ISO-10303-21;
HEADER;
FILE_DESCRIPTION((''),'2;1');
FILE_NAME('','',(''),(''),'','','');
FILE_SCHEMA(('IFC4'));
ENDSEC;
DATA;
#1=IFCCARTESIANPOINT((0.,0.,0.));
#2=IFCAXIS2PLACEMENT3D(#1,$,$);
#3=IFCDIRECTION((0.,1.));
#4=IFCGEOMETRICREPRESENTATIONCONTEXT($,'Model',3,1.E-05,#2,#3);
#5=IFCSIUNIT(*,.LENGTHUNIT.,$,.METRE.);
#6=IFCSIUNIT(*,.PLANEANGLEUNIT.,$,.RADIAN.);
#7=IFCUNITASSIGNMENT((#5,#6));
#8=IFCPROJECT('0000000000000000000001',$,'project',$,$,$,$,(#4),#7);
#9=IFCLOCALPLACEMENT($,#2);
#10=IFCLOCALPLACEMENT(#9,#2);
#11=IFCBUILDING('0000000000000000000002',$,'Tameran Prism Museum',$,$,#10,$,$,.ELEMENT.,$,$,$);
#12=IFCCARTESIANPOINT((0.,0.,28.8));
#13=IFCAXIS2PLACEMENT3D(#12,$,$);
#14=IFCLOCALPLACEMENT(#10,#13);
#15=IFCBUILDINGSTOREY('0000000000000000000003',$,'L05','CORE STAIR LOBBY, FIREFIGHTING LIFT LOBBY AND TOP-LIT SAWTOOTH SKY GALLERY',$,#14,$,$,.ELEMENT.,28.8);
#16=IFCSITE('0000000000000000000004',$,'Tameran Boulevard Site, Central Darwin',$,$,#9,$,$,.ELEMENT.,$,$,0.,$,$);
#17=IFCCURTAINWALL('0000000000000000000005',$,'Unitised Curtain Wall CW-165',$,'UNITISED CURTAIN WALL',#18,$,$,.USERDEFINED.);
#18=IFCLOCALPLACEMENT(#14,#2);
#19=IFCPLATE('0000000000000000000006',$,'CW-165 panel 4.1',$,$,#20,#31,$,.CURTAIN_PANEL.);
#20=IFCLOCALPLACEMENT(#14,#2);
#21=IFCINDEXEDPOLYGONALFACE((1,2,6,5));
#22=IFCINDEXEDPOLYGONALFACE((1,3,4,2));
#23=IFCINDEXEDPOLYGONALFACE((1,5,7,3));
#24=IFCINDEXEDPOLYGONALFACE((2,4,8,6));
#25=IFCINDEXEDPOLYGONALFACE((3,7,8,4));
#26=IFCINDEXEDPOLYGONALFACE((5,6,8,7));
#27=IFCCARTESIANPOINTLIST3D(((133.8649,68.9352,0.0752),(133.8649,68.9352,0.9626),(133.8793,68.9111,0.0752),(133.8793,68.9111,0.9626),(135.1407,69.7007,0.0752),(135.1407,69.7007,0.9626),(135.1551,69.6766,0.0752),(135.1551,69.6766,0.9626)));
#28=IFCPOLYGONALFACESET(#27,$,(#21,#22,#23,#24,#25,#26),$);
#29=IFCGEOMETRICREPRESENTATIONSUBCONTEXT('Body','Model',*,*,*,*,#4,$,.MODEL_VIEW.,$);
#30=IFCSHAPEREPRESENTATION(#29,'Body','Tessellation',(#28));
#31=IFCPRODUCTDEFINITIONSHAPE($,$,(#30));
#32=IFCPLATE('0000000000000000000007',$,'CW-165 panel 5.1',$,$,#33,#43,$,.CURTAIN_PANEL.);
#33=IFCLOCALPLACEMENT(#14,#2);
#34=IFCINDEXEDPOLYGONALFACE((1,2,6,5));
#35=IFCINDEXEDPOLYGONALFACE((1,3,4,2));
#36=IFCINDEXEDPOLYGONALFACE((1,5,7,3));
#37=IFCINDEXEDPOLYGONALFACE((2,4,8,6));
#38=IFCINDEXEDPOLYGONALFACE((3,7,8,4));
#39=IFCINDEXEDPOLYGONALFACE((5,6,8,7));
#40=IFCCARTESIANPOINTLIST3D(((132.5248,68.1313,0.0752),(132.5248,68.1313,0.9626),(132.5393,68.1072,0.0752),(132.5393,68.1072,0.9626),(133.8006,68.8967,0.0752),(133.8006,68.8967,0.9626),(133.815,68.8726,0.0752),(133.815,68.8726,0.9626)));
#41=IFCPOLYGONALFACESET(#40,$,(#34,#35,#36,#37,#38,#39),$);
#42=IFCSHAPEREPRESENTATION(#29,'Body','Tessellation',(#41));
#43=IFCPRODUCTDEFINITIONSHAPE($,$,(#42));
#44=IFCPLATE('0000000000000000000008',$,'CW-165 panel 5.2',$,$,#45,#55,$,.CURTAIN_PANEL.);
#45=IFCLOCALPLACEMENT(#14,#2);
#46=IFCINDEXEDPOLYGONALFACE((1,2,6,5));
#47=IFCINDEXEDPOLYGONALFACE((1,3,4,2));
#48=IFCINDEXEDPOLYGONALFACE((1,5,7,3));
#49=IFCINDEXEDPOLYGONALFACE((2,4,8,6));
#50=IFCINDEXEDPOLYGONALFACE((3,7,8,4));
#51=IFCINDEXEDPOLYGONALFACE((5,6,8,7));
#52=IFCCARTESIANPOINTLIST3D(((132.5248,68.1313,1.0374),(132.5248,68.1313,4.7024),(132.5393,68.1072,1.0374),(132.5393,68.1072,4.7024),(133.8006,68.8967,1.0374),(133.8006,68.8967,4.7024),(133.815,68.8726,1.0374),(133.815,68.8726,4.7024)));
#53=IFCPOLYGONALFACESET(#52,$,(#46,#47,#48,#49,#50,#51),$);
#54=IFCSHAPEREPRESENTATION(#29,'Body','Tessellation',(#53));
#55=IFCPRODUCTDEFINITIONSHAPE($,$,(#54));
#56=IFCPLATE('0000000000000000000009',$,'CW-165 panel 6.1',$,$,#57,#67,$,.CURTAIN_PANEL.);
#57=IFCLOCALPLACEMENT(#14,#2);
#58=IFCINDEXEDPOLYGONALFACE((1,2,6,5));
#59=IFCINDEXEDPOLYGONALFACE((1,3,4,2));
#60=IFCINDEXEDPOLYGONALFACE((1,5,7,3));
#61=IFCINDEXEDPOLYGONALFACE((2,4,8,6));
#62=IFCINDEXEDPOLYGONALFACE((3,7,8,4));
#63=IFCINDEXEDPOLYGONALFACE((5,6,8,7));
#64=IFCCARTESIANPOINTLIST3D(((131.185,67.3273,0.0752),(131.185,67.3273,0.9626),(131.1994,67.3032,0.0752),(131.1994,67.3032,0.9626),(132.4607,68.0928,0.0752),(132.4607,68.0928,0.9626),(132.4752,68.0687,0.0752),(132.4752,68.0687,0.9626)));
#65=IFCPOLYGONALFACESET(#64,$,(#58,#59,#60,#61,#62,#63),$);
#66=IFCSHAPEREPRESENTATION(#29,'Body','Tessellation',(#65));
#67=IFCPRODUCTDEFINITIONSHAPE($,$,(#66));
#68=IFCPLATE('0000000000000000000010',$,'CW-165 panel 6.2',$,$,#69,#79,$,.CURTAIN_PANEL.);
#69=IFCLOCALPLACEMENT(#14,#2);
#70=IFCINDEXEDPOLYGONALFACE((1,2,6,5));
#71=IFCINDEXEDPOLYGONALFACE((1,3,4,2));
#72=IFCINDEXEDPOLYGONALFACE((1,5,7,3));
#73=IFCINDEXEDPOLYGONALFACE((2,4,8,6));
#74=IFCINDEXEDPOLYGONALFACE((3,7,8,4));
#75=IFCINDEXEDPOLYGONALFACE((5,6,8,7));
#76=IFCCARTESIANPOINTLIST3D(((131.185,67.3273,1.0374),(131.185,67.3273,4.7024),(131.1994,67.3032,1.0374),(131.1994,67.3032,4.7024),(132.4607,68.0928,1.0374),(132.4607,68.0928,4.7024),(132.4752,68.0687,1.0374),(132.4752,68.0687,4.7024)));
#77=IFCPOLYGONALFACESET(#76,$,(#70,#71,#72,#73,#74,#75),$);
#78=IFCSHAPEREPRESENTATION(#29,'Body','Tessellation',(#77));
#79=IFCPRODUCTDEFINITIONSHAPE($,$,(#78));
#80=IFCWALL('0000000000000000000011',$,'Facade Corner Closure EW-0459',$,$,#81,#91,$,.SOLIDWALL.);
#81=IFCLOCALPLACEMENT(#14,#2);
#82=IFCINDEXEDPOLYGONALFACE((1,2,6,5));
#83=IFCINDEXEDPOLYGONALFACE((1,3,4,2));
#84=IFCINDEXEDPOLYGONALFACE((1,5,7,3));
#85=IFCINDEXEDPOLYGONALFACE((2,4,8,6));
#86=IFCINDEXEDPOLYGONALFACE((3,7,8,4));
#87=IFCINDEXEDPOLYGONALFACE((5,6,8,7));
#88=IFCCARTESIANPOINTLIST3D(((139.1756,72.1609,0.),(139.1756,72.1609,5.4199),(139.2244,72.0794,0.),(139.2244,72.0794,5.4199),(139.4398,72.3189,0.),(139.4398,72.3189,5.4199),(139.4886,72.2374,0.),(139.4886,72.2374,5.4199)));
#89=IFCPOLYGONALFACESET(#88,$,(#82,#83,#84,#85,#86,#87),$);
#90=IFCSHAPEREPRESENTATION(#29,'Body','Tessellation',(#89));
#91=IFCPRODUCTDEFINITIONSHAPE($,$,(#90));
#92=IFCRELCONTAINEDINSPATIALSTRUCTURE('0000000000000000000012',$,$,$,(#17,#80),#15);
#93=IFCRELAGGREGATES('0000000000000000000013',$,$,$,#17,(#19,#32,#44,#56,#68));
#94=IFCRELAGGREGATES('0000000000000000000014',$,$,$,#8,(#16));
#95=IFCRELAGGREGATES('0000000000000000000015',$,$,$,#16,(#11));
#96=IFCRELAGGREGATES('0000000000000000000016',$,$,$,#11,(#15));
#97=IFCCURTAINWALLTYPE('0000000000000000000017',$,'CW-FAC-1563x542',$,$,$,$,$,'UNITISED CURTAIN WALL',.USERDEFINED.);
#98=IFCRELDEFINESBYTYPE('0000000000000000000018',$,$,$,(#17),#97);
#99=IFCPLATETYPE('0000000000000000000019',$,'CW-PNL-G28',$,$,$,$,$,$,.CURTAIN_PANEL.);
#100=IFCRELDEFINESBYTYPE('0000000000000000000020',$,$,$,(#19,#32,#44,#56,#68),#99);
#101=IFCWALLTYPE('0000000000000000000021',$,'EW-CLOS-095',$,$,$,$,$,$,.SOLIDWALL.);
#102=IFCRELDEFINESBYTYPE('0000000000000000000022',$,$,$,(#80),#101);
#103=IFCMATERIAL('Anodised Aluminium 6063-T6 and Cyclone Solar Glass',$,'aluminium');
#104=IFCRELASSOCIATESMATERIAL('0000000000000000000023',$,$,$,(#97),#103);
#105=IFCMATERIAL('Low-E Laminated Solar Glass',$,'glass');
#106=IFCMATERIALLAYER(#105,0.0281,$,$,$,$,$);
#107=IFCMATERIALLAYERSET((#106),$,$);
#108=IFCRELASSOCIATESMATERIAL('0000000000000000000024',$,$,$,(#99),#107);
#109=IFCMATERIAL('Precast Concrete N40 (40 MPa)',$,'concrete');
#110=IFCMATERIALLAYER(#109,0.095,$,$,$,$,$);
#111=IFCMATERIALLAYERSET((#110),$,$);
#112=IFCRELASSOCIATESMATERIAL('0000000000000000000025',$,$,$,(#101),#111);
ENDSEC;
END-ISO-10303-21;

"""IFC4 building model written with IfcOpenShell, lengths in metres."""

from ifc_helpers import new_model, si_unit, direction, frame, frame_2d, origin, origin_2d, place, context, subcontext, project, spatial, rectangle, extrude, material, layer, layer_set, type_object, element, aggregate, save


model = new_model("IFC4")

# Units and contexts
model_context = context("Model", 3, precision=1e-05, world=origin(), true_north=direction((0.0, 1.0)))
body_context = subcontext(model_context, "Body", "Model", "MODEL_VIEW")
ifc_project = project(units=[si_unit("LENGTHUNIT", "METRE"), si_unit("PLANEANGLEUNIT", "RADIAN")], contexts=[model_context])

# Site, building, storey
site_placement = place(None, origin())
site = spatial("IfcSite", under=ifc_project, at=site_placement, Name="Tameran Boulevard Site, Central Darwin", CompositionType="ELEMENT", RefElevation=0.0)
building_placement = place(site_placement, origin())
building = spatial("IfcBuilding", under=site, at=building_placement, Name="Tameran Prism Museum", CompositionType="ELEMENT")
storey_placement = place(building_placement, frame((0.0, 0.0, 28.8)))
storey = spatial("IfcBuildingStorey", under=building, at=storey_placement, Name="L05", Description="CORE STAIR LOBBY, FIREFIGHTING LIFT LOBBY AND TOP-LIT SAWTOOTH SKY GALLERY", CompositionType="ELEMENT", Elevation=28.8)

# Curtain wall, plates
ifc_material_1 = material(Name="Anodised Aluminium 6063-T6 and Cyclone Solar Glass", Category="aluminium")
curtain_wall_type = type_object("IfcCurtainWallType", Name="CW-FAC-1563x542", ElementType="UNITISED CURTAIN WALL", PredefinedType="USERDEFINED", material=ifc_material_1)
curtain_wall_placement = place(storey_placement, origin())
curtain_wall = element("IfcCurtainWall", 1, at=curtain_wall_placement, inside=storey, type_object=curtain_wall_type, Name="Unitised Curtain Wall CW-165", ObjectType="UNITISED CURTAIN WALL", PredefinedType="USERDEFINED")
ifc_material_2 = material(Name="Low-E Laminated Solar Glass", Category="glass")
ifc_layer_1 = layer(ifc_material_2, 0.0281)
ifc_layer_set_1 = layer_set([ifc_layer_1])
plate_type = type_object("IfcPlateType", Name="CW-PNL-G28", PredefinedType="CURTAIN_PANEL", material=ifc_layer_set_1)
plate_1_placement = place(storey_placement, frame((134.51, 69.3059, 0.0752), z_axis=(0.0, 0.0, 1.0), x_axis=(-0.857493, -0.514496, 0.0)))
plate_1 = element("IfcPlate", 2, at=plate_1_placement, type_object=plate_type, Name="CW-165 panel 4.1", PredefinedType="CURTAIN_PANEL", context=body_context, shape_type="SweptSolid", body=[
    extrude(rectangle(XDim=1.4878, YDim=0.0281, at=origin_2d()), origin(), (0.0, 0.0, 1.0), 0.8875),
])
plate_2_placement = place(storey_placement, frame((133.1699, 68.502, 0.0752), z_axis=(0.0, 0.0, 1.0), x_axis=(-0.857493, -0.514496, 0.0)))
plate_2 = element("IfcPlate", 3, at=plate_2_placement, type_object=plate_type, Name="CW-165 panel 5.1", PredefinedType="CURTAIN_PANEL", context=body_context, shape_type="SweptSolid", body=[
    extrude(rectangle(XDim=1.4878, YDim=0.0281, at=origin_2d()), origin(), (0.0, 0.0, 1.0), 0.8875),
])
plate_3_placement = place(storey_placement, frame((133.1699, 68.502, 1.0374), z_axis=(0.0, 0.0, 1.0), x_axis=(-0.857493, -0.514496, 0.0)))
plate_3 = element("IfcPlate", 4, at=plate_3_placement, type_object=plate_type, Name="CW-165 panel 5.2", PredefinedType="CURTAIN_PANEL", context=body_context, shape_type="SweptSolid", body=[
    extrude(rectangle(XDim=1.4878, YDim=0.0281, at=origin_2d()), origin(), (0.0, 0.0, 1.0), 3.665),
])
plate_4_placement = place(storey_placement, frame((131.8301, 67.698, 0.0752), z_axis=(0.0, 0.0, 1.0), x_axis=(-0.857493, -0.514496, 0.0)))
plate_4 = element("IfcPlate", 5, at=plate_4_placement, type_object=plate_type, Name="CW-165 panel 6.1", PredefinedType="CURTAIN_PANEL", context=body_context, shape_type="SweptSolid", body=[
    extrude(rectangle(XDim=1.4878, YDim=0.0281, at=origin_2d()), origin(), (0.0, 0.0, 1.0), 0.8875),
])
plate_5_placement = place(storey_placement, frame((131.8301, 67.698, 1.0374), z_axis=(0.0, 0.0, 1.0), x_axis=(-0.857493, -0.514496, 0.0)))
plate_5 = element("IfcPlate", 6, at=plate_5_placement, type_object=plate_type, Name="CW-165 panel 6.2", PredefinedType="CURTAIN_PANEL", context=body_context, shape_type="SweptSolid", body=[
    extrude(rectangle(XDim=1.4878, YDim=0.0281, at=origin_2d()), origin(), (0.0, 0.0, 1.0), 3.665),
])
aggregate(curtain_wall, [plate_1, plate_2, plate_3, plate_4, plate_5])

# Wall
ifc_material_3 = material(Name="Precast Concrete N40 (40 MPa)", Category="concrete")
ifc_layer_2 = layer(ifc_material_3, 0.095)
ifc_layer_set_2 = layer_set([ifc_layer_2])
wall_type = type_object("IfcWallType", Name="EW-CLOS-095", PredefinedType="SOLIDWALL", material=ifc_layer_set_2)
wall_placement = place(storey_placement, frame((139.4641, 72.2781, 0.0), z_axis=(0.0, 0.0, 1.0), x_axis=(-0.858262, -0.513212, 0.0)))
element("IfcWall", 7, at=wall_placement, inside=storey, type_object=wall_type, Name="Facade Corner Closure EW-0459", PredefinedType="SOLIDWALL", context=body_context, shape_type="SweptSolid", body=[
    extrude(rectangle(XDim=0.3079, YDim=0.095, at=frame_2d((0.1538, 0.0))), origin(), (0.0, 0.0, 1.0), 5.4199),
])

save(model, "model.ifc")
